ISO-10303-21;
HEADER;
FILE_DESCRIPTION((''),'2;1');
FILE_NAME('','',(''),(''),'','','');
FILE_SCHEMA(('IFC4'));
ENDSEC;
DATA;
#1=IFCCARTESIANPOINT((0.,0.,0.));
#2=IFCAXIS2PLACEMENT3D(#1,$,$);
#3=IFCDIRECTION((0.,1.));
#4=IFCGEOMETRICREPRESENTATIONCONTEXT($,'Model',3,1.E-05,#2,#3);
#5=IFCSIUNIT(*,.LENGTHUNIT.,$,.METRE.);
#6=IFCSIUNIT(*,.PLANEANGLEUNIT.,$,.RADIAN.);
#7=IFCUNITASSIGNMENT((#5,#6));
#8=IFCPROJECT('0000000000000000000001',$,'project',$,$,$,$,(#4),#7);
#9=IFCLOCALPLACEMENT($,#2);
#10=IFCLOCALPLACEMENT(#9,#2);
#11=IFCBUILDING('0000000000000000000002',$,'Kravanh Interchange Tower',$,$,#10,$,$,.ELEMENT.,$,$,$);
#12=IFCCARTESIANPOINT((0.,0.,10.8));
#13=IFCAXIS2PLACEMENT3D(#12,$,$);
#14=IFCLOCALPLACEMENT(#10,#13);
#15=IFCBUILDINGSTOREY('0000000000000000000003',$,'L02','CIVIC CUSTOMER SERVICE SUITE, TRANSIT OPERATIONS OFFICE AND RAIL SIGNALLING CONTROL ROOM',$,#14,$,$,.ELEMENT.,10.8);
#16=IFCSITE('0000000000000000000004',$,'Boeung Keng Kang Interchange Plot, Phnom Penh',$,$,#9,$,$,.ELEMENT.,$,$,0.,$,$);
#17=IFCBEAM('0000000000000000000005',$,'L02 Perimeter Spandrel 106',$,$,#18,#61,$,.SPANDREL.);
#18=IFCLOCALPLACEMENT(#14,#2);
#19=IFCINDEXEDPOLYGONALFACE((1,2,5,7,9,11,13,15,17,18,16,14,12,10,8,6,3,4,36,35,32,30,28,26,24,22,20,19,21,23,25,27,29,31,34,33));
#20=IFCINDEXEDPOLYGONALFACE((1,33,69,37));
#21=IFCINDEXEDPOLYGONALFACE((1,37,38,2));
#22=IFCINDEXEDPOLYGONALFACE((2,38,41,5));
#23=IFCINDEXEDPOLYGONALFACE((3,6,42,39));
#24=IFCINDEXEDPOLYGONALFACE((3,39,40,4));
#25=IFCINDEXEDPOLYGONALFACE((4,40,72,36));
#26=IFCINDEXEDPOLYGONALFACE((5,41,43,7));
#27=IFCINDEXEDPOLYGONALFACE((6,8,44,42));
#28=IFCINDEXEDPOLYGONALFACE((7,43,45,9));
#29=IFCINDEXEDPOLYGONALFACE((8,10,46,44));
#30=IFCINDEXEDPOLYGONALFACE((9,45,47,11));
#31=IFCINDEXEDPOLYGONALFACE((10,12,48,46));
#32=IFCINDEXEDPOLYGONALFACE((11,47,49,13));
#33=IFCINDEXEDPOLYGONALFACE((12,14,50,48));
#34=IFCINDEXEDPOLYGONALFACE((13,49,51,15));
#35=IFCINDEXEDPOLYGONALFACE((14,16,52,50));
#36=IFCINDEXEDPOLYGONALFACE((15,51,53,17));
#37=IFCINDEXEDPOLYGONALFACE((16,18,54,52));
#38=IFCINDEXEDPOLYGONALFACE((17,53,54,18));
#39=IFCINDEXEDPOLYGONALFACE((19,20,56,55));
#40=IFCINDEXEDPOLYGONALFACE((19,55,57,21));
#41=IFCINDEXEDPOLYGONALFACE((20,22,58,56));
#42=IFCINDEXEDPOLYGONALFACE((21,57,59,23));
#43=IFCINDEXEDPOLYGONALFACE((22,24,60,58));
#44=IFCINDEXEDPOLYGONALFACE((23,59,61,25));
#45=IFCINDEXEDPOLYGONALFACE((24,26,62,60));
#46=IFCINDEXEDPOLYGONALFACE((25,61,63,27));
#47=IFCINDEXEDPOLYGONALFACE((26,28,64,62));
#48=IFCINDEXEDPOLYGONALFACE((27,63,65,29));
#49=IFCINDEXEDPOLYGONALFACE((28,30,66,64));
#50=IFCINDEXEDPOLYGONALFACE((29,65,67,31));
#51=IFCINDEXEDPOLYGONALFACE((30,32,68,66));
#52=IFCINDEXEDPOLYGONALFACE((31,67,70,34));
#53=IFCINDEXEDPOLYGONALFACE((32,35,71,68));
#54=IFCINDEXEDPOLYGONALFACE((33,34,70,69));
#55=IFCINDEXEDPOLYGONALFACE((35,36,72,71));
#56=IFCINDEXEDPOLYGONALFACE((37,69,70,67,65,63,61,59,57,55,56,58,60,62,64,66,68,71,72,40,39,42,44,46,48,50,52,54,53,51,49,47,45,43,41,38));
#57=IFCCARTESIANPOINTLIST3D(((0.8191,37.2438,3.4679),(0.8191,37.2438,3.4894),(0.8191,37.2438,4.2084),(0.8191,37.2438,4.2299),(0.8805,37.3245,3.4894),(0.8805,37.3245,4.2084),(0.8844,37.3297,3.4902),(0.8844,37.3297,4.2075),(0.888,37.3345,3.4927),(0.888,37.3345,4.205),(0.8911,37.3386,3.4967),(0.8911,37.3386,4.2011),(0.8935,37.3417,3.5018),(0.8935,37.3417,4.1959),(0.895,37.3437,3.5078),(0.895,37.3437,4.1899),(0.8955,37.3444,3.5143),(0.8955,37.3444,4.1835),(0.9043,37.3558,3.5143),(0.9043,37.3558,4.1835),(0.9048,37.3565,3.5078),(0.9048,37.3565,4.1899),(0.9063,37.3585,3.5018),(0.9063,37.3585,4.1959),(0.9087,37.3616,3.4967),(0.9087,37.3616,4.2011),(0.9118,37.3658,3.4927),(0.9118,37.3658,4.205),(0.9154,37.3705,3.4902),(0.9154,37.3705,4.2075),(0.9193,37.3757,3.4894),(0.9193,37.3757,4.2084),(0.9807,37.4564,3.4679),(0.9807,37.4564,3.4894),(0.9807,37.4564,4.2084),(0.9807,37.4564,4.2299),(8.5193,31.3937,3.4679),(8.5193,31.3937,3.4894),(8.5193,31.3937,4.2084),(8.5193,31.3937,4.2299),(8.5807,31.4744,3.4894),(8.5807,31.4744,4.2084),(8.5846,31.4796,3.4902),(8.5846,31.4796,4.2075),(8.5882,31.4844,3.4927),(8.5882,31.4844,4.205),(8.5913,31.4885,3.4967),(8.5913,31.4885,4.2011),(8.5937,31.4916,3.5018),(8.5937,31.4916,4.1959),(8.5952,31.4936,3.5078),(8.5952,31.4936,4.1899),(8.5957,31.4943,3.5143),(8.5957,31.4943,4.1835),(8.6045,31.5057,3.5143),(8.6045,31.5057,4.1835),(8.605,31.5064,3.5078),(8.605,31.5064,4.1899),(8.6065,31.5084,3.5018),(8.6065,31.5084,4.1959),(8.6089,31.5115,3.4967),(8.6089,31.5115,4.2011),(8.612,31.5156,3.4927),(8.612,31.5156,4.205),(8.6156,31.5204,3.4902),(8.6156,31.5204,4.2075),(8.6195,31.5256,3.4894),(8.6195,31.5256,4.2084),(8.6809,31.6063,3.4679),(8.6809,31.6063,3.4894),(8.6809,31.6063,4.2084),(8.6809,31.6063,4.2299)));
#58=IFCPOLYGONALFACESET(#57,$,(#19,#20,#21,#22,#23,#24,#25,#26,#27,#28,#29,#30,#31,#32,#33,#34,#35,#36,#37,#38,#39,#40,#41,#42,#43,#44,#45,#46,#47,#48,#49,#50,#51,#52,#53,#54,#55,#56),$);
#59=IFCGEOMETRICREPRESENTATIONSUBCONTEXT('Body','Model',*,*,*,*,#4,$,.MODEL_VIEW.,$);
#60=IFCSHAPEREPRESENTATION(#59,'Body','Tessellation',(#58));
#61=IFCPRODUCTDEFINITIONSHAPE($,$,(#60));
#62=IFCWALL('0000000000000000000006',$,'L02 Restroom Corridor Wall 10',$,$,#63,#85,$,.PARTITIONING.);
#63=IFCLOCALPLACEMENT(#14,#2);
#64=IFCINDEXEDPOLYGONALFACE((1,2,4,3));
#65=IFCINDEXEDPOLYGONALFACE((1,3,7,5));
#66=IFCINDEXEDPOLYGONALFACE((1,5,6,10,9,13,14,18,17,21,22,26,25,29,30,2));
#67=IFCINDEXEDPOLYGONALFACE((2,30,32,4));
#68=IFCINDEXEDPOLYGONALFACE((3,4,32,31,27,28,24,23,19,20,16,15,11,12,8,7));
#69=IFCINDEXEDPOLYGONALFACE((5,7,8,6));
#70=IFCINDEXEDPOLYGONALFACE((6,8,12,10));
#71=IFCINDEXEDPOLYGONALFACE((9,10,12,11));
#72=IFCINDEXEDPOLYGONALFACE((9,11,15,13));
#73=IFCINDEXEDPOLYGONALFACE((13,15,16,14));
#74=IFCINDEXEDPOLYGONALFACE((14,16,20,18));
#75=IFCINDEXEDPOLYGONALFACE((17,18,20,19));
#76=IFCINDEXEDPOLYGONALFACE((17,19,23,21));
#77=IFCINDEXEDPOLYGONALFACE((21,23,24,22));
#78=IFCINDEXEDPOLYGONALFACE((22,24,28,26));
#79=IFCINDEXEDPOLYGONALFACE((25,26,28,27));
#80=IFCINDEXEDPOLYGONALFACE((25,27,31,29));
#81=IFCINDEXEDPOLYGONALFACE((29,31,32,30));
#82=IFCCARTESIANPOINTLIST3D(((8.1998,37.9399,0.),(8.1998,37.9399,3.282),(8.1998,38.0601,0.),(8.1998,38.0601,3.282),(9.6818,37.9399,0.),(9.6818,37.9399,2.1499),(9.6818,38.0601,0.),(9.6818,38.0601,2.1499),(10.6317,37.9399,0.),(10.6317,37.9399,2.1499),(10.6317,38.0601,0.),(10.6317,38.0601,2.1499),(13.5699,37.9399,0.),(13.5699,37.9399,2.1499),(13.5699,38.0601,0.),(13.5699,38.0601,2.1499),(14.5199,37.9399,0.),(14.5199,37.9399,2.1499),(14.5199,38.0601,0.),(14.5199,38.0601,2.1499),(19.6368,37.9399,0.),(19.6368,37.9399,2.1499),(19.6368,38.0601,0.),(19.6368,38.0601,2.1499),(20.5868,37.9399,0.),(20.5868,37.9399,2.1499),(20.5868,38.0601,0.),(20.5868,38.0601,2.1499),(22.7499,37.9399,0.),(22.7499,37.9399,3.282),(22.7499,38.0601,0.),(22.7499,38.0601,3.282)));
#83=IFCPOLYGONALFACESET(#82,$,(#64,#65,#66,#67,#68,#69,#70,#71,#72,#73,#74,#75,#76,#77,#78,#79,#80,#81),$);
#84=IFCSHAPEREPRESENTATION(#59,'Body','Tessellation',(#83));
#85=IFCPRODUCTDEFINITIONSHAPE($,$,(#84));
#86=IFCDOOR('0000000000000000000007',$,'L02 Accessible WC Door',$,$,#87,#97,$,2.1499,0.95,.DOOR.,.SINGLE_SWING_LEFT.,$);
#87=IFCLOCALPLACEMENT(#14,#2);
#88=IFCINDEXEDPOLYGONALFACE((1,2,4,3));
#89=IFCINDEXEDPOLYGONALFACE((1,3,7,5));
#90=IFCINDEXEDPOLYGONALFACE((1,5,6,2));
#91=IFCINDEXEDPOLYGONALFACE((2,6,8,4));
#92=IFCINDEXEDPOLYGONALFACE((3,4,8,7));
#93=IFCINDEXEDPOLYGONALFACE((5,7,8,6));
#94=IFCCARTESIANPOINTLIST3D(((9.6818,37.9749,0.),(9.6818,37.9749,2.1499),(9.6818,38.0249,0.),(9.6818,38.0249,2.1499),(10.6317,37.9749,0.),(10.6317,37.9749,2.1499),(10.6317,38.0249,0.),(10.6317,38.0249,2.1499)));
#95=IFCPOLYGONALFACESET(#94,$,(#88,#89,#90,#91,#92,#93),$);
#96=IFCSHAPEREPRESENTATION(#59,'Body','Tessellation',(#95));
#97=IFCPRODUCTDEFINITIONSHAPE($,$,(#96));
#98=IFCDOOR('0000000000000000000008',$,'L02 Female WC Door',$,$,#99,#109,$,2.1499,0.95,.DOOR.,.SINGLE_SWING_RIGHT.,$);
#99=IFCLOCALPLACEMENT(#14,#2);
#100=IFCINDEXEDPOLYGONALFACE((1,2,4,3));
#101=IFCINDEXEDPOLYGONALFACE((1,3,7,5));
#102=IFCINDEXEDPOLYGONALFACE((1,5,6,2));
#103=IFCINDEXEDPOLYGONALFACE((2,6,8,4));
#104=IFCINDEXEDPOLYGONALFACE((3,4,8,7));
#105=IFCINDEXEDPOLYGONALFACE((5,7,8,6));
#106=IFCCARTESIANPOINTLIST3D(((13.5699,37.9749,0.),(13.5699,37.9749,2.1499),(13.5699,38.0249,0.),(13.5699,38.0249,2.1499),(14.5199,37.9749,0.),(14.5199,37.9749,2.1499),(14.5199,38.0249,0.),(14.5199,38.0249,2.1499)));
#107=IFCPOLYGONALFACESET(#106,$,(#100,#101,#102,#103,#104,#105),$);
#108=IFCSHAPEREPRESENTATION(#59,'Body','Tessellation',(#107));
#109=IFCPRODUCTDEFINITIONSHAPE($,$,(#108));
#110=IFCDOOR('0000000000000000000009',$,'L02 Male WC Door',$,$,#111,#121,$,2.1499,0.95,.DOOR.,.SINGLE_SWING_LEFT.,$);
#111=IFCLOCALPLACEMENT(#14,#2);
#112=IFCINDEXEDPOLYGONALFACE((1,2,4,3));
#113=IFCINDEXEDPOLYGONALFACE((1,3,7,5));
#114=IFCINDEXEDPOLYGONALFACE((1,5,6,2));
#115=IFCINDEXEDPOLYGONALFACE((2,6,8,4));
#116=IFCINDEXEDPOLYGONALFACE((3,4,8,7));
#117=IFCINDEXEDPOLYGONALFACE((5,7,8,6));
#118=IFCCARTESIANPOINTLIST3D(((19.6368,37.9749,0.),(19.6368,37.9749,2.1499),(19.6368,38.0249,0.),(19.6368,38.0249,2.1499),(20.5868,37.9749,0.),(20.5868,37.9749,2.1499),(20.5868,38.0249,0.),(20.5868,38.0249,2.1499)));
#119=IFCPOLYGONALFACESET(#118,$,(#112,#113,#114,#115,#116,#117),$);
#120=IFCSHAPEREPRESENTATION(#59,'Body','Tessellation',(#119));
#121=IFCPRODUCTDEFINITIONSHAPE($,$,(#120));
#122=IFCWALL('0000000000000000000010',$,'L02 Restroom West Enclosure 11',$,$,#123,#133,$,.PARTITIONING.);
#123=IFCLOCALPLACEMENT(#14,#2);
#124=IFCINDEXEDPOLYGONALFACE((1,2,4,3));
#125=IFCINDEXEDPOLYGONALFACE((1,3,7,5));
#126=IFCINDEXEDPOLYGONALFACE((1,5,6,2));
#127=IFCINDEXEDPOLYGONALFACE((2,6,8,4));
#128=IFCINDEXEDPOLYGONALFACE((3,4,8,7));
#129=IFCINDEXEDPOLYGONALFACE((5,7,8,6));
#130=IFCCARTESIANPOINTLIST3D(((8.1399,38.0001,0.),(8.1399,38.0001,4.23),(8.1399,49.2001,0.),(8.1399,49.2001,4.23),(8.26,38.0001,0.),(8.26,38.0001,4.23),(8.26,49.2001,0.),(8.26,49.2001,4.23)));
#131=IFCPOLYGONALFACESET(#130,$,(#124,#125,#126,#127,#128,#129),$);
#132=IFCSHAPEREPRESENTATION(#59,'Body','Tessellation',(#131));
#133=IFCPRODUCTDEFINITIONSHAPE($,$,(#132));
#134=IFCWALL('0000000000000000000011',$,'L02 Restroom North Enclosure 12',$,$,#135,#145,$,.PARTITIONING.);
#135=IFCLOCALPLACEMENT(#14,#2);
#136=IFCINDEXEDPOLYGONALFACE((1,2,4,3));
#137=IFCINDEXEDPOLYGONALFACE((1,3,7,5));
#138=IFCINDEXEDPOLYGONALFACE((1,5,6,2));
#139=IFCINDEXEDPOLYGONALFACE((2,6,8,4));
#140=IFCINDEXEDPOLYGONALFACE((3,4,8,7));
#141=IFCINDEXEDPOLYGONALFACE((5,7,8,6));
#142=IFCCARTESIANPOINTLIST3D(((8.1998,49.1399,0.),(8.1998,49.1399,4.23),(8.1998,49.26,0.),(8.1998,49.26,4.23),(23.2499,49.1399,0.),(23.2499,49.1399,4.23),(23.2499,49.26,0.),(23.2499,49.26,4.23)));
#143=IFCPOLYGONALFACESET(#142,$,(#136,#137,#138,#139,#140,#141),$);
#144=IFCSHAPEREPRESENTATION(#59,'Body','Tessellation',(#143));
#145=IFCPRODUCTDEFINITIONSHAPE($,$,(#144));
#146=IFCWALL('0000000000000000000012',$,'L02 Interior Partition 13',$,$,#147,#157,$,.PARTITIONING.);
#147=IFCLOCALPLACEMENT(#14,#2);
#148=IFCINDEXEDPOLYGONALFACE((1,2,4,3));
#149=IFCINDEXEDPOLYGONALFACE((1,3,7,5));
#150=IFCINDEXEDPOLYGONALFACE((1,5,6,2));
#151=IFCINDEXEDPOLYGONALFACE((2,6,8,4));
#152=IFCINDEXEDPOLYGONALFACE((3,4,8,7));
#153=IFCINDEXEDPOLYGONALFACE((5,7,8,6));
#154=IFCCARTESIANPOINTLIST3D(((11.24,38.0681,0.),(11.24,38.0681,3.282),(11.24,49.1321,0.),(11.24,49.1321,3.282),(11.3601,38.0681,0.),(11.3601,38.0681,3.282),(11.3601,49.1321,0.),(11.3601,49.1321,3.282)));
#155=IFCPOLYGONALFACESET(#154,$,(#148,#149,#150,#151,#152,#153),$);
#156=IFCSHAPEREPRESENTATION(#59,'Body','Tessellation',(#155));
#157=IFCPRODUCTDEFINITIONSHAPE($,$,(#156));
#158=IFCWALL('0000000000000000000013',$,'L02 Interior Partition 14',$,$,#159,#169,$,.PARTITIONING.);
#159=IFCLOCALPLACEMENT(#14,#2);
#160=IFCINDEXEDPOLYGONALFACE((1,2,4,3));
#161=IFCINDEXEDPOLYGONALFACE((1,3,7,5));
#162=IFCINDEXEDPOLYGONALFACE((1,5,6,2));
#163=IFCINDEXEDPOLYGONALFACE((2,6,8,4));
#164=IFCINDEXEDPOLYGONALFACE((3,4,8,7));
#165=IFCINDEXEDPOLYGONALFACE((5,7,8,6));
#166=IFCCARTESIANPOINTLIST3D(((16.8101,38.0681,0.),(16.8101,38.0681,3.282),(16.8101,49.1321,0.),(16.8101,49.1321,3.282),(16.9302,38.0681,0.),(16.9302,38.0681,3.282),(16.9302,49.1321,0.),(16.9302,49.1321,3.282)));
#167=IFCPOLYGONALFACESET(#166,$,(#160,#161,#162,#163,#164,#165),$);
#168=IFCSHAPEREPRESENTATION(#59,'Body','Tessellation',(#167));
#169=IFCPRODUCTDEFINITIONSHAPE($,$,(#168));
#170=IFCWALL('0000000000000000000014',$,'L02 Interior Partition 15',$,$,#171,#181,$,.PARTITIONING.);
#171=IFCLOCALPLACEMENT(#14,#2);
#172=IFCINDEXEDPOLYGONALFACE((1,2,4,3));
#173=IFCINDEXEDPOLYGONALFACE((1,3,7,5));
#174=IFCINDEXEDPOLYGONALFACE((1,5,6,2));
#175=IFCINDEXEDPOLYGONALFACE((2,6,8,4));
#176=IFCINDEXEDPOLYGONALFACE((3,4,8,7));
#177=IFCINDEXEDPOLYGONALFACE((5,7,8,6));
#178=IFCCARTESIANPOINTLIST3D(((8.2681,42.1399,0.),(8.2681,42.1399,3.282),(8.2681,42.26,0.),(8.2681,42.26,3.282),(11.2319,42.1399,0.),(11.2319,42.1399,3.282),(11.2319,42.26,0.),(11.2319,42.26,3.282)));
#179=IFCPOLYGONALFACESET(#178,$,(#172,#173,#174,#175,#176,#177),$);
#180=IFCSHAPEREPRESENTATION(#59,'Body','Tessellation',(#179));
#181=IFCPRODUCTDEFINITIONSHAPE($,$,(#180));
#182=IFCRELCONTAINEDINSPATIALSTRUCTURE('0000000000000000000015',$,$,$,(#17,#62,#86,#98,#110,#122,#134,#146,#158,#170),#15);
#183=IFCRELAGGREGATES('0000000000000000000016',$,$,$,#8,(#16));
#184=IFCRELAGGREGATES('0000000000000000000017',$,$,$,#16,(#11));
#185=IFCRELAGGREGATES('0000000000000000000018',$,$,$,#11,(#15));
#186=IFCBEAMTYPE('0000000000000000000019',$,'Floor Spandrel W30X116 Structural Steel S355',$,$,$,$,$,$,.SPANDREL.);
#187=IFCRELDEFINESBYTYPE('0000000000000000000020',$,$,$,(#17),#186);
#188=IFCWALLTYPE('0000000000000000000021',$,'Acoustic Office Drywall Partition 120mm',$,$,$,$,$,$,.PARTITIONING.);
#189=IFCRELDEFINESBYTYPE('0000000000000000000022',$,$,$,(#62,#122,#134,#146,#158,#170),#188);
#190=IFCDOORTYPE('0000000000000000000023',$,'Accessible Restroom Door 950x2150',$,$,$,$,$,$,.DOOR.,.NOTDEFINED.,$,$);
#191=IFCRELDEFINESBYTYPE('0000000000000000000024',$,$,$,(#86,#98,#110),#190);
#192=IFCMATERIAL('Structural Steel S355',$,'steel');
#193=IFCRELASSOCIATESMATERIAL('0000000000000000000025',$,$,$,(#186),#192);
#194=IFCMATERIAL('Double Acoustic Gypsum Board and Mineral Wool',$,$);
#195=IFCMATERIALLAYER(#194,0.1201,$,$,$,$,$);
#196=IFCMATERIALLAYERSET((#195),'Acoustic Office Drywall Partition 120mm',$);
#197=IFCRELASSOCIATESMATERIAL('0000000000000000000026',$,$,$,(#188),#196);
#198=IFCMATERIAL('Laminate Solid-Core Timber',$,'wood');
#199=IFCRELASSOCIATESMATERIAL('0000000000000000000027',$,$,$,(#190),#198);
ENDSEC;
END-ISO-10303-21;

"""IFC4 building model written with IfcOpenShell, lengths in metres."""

from ifc_helpers import new_model, si_unit, direction, frame, frame_2d, origin, origin_2d, place, context, subcontext, project, spatial, rectangle, i_section, extrude, material, layer, layer_set, material_profile, profile_set, type_object, element, fill, save


model = new_model("IFC4")

# Units and contexts
model_context = context("Model", 3, precision=1e-05, world=origin(), true_north=direction((0.0, 1.0)))
body_context = subcontext(model_context, "Body", "Model", "MODEL_VIEW")
ifc_project = project(units=[si_unit("LENGTHUNIT", "METRE"), si_unit("PLANEANGLEUNIT", "RADIAN")], contexts=[model_context])

# Site, building, storey
site_placement = place(None, origin())
site = spatial("IfcSite", under=ifc_project, at=site_placement, Name="Boeung Keng Kang Interchange Plot, Phnom Penh", CompositionType="ELEMENT", RefElevation=0.0)
building_placement = place(site_placement, origin())
building = spatial("IfcBuilding", under=site, at=building_placement, Name="Kravanh Interchange Tower", CompositionType="ELEMENT")
storey_placement = place(building_placement, frame((0.0, 0.0, 10.8)))
storey = spatial("IfcBuildingStorey", under=building, at=storey_placement, Name="L02", Description="CIVIC CUSTOMER SERVICE SUITE, TRANSIT OPERATIONS OFFICE AND RAIL SIGNALLING CONTROL ROOM", CompositionType="ELEMENT", Elevation=10.8)

# Beam
ifc_material_1 = material(Name="Structural Steel S355", Category="steel")
ifc_material_profile_1 = material_profile(ifc_material_1, i_section(OverallWidth=0.2671, OverallDepth=0.762, WebThickness=0.0144, FlangeThickness=0.0215, FilletRadius=0.0249, at=origin_2d()), Name="W30X116")
ifc_profile_set_1 = profile_set([ifc_material_profile_1], Name="Structural Steel S355")
beam_type_1 = type_object("IfcBeamType", Name="Floor Spandrel W30X116 Structural Steel S355", PredefinedType="SPANDREL", material=ifc_profile_set_1)
beam_1_placement = place(storey_placement, frame((8.6001, 31.5, 3.8489), z_axis=(-0.796264, 0.604949, 0.0), x_axis=(-0.604949, -0.796264, 0.0)))
element("IfcBeam", 1, at=beam_1_placement, inside=storey, type_object=beam_type_1, Name="L02 Perimeter Spandrel 106", PredefinedType="SPANDREL", context=body_context, shape_type="SweptSolid", body=[
    extrude(i_section(OverallWidth=0.2671, OverallDepth=0.762, WebThickness=0.0144, FlangeThickness=0.0215, FilletRadius=0.0249, at=origin_2d()), origin(), (0.0, 0.0, 1.0), 9.6704),
])

# Wall, openings, doors
ifc_material_2 = material(Name="Double Acoustic Gypsum Board and Mineral Wool")
ifc_layer_1 = layer(ifc_material_2, 0.1201)
ifc_layer_set_1 = layer_set([ifc_layer_1], Name="Acoustic Office Drywall Partition 120mm")
wall_type_1 = type_object("IfcWallType", Name="Acoustic Office Drywall Partition 120mm", PredefinedType="PARTITIONING", material=ifc_layer_set_1)
wall_1_placement = place(storey_placement, frame((8.2, 38.0, 0.0), z_axis=(0.0, 0.0, 1.0), x_axis=(1.0, 0.0, 0.0)))
wall_1 = element("IfcWall", 2, at=wall_1_placement, inside=storey, type_object=wall_type_1, Name="L02 Restroom Corridor Wall 10", PredefinedType="PARTITIONING", context=body_context, shape_type="SweptSolid", body=[
    extrude(rectangle(XDim=14.55, YDim=0.1201, at=frame_2d((7.2749, 0.0))), origin(), (0.0, 0.0, 1.0), 3.282),
])
opening_1_placement = place(wall_1_placement, frame((1.4817, 0.0, 0.0)))
opening_1 = element("IfcOpeningElement", 3, at=opening_1_placement, cuts=wall_1, PredefinedType="OPENING", context=body_context, shape_type="SweptSolid", body=[
    extrude(rectangle(XDim=0.95, YDim=2.1499, at=frame_2d((0.4751, 1.075))), frame((0.0, 0.0701, 0.0), z_axis=(0.0, -1.0, 0.0), x_axis=(1.0, 0.0, 0.0)), (0.0, 0.0, 1.0), 0.1401),
])
opening_2_placement = place(wall_1_placement, frame((5.3699, 0.0, 0.0)))
opening_2 = element("IfcOpeningElement", 4, at=opening_2_placement, cuts=wall_1, PredefinedType="OPENING", context=body_context, shape_type="SweptSolid", body=[
    extrude(rectangle(XDim=0.95, YDim=2.1499, at=frame_2d((0.4751, 1.075))), frame((0.0, 0.0701, 0.0), z_axis=(0.0, -1.0, 0.0), x_axis=(1.0, 0.0, 0.0)), (0.0, 0.0, 1.0), 0.1401),
])
opening_3_placement = place(wall_1_placement, frame((11.4368, 0.0, 0.0)))
opening_3 = element("IfcOpeningElement", 5, at=opening_3_placement, cuts=wall_1, PredefinedType="OPENING", context=body_context, shape_type="SweptSolid", body=[
    extrude(rectangle(XDim=0.95, YDim=2.1499, at=frame_2d((0.4751, 1.075))), frame((0.0, 0.0701, 0.0), z_axis=(0.0, -1.0, 0.0), x_axis=(1.0, 0.0, 0.0)), (0.0, 0.0, 1.0), 0.1401),
])
ifc_material_3 = material(Name="Laminate Solid-Core Timber", Category="wood")
door_type = type_object("IfcDoorType", Name="Accessible Restroom Door 950x2150", OperationType="NOTDEFINED", PredefinedType="DOOR", material=ifc_material_3)
door_1_placement = place(opening_1_placement, origin())
door_1 = element("IfcDoor", 6, at=door_1_placement, inside=storey, type_object=door_type, Name="L02 Accessible WC Door", OperationType="SINGLE_SWING_LEFT", OverallHeight=2.1499, OverallWidth=0.95, PredefinedType="DOOR", context=body_context, shape_type="SweptSolid", body=[
    extrude(rectangle(XDim=0.95, YDim=2.1499, at=frame_2d((0.4751, 1.075))), frame((0.0, 0.0249, 0.0), z_axis=(0.0, -1.0, 0.0), x_axis=(1.0, 0.0, 0.0)), (0.0, 0.0, 1.0), 0.05),
])
fill(opening_1, door_1)
door_2_placement = place(opening_2_placement, origin())
door_2 = element("IfcDoor", 7, at=door_2_placement, inside=storey, type_object=door_type, Name="L02 Female WC Door", OperationType="SINGLE_SWING_RIGHT", OverallHeight=2.1499, OverallWidth=0.95, PredefinedType="DOOR", context=body_context, shape_type="SweptSolid", body=[
    extrude(rectangle(XDim=0.95, YDim=2.1499, at=frame_2d((0.4751, 1.075))), frame((0.0, 0.0249, 0.0), z_axis=(0.0, -1.0, 0.0), x_axis=(1.0, 0.0, 0.0)), (0.0, 0.0, 1.0), 0.05),
])
fill(opening_2, door_2)
door_3_placement = place(opening_3_placement, origin())
door_3 = element("IfcDoor", 8, at=door_3_placement, inside=storey, type_object=door_type, Name="L02 Male WC Door", OperationType="SINGLE_SWING_LEFT", OverallHeight=2.1499, OverallWidth=0.95, PredefinedType="DOOR", context=body_context, shape_type="SweptSolid", body=[
    extrude(rectangle(XDim=0.95, YDim=2.1499, at=frame_2d((0.4751, 1.075))), frame((0.0, 0.0249, 0.0), z_axis=(0.0, -1.0, 0.0), x_axis=(1.0, 0.0, 0.0)), (0.0, 0.0, 1.0), 0.05),
])
fill(opening_3, door_3)

# Walls
wall_2_placement = place(storey_placement, frame((8.2, 38.0, 0.0), z_axis=(0.0, 0.0, 1.0), x_axis=(0.0, 1.0, 0.0)))
element("IfcWall", 9, at=wall_2_placement, inside=storey, type_object=wall_type_1, Name="L02 Restroom West Enclosure 11", PredefinedType="PARTITIONING", context=body_context, shape_type="SweptSolid", body=[
    extrude(rectangle(XDim=11.2, YDim=0.1201, at=frame_2d((5.6001, 0.0))), origin(), (0.0, 0.0, 1.0), 4.23),
])
wall_3_placement = place(storey_placement, frame((8.2, 49.2, 0.0), z_axis=(0.0, 0.0, 1.0), x_axis=(1.0, 0.0, 0.0)))
element("IfcWall", 10, at=wall_3_placement, inside=storey, type_object=wall_type_1, Name="L02 Restroom North Enclosure 12", PredefinedType="PARTITIONING", context=body_context, shape_type="SweptSolid", body=[
    extrude(rectangle(XDim=15.05, YDim=0.1201, at=frame_2d((7.5249, 0.0))), origin(), (0.0, 0.0, 1.0), 4.23),
])
for number, where, z_axis, x_axis, name in (
    (11, (11.3, 38.0681, 0.0), (0.0, 0.0, 1.0), (0.0, 1.0, 0.0), "L02 Interior Partition 13"),
    (12, (16.8701, 38.0681, 0.0), (0.0, 0.0, 1.0), (0.0, 1.0, 0.0), "L02 Interior Partition 14"),
):
    element("IfcWall", number, at=place(storey_placement, frame(where, z_axis=z_axis, x_axis=x_axis)), inside=storey, type_object=wall_type_1, Name=name, PredefinedType="PARTITIONING", context=body_context, shape_type="SweptSolid", body=[
        extrude(rectangle(XDim=11.064, YDim=0.1201, at=frame_2d((5.532, 0.0))), origin(), (0.0, 0.0, 1.0), 3.282),
    ])
wall_4_placement = place(storey_placement, frame((8.2681, 42.2, 0.0), z_axis=(0.0, 0.0, 1.0), x_axis=(1.0, 0.0, 0.0)))
element("IfcWall", 13, at=wall_4_placement, inside=storey, type_object=wall_type_1, Name="L02 Interior Partition 15", PredefinedType="PARTITIONING", context=body_context, shape_type="SweptSolid", body=[
    extrude(rectangle(XDim=2.9639, YDim=0.1201, at=frame_2d((1.4819, 0.0))), origin(), (0.0, 0.0, 1.0), 3.282),
])

save(model, "model.ifc")
